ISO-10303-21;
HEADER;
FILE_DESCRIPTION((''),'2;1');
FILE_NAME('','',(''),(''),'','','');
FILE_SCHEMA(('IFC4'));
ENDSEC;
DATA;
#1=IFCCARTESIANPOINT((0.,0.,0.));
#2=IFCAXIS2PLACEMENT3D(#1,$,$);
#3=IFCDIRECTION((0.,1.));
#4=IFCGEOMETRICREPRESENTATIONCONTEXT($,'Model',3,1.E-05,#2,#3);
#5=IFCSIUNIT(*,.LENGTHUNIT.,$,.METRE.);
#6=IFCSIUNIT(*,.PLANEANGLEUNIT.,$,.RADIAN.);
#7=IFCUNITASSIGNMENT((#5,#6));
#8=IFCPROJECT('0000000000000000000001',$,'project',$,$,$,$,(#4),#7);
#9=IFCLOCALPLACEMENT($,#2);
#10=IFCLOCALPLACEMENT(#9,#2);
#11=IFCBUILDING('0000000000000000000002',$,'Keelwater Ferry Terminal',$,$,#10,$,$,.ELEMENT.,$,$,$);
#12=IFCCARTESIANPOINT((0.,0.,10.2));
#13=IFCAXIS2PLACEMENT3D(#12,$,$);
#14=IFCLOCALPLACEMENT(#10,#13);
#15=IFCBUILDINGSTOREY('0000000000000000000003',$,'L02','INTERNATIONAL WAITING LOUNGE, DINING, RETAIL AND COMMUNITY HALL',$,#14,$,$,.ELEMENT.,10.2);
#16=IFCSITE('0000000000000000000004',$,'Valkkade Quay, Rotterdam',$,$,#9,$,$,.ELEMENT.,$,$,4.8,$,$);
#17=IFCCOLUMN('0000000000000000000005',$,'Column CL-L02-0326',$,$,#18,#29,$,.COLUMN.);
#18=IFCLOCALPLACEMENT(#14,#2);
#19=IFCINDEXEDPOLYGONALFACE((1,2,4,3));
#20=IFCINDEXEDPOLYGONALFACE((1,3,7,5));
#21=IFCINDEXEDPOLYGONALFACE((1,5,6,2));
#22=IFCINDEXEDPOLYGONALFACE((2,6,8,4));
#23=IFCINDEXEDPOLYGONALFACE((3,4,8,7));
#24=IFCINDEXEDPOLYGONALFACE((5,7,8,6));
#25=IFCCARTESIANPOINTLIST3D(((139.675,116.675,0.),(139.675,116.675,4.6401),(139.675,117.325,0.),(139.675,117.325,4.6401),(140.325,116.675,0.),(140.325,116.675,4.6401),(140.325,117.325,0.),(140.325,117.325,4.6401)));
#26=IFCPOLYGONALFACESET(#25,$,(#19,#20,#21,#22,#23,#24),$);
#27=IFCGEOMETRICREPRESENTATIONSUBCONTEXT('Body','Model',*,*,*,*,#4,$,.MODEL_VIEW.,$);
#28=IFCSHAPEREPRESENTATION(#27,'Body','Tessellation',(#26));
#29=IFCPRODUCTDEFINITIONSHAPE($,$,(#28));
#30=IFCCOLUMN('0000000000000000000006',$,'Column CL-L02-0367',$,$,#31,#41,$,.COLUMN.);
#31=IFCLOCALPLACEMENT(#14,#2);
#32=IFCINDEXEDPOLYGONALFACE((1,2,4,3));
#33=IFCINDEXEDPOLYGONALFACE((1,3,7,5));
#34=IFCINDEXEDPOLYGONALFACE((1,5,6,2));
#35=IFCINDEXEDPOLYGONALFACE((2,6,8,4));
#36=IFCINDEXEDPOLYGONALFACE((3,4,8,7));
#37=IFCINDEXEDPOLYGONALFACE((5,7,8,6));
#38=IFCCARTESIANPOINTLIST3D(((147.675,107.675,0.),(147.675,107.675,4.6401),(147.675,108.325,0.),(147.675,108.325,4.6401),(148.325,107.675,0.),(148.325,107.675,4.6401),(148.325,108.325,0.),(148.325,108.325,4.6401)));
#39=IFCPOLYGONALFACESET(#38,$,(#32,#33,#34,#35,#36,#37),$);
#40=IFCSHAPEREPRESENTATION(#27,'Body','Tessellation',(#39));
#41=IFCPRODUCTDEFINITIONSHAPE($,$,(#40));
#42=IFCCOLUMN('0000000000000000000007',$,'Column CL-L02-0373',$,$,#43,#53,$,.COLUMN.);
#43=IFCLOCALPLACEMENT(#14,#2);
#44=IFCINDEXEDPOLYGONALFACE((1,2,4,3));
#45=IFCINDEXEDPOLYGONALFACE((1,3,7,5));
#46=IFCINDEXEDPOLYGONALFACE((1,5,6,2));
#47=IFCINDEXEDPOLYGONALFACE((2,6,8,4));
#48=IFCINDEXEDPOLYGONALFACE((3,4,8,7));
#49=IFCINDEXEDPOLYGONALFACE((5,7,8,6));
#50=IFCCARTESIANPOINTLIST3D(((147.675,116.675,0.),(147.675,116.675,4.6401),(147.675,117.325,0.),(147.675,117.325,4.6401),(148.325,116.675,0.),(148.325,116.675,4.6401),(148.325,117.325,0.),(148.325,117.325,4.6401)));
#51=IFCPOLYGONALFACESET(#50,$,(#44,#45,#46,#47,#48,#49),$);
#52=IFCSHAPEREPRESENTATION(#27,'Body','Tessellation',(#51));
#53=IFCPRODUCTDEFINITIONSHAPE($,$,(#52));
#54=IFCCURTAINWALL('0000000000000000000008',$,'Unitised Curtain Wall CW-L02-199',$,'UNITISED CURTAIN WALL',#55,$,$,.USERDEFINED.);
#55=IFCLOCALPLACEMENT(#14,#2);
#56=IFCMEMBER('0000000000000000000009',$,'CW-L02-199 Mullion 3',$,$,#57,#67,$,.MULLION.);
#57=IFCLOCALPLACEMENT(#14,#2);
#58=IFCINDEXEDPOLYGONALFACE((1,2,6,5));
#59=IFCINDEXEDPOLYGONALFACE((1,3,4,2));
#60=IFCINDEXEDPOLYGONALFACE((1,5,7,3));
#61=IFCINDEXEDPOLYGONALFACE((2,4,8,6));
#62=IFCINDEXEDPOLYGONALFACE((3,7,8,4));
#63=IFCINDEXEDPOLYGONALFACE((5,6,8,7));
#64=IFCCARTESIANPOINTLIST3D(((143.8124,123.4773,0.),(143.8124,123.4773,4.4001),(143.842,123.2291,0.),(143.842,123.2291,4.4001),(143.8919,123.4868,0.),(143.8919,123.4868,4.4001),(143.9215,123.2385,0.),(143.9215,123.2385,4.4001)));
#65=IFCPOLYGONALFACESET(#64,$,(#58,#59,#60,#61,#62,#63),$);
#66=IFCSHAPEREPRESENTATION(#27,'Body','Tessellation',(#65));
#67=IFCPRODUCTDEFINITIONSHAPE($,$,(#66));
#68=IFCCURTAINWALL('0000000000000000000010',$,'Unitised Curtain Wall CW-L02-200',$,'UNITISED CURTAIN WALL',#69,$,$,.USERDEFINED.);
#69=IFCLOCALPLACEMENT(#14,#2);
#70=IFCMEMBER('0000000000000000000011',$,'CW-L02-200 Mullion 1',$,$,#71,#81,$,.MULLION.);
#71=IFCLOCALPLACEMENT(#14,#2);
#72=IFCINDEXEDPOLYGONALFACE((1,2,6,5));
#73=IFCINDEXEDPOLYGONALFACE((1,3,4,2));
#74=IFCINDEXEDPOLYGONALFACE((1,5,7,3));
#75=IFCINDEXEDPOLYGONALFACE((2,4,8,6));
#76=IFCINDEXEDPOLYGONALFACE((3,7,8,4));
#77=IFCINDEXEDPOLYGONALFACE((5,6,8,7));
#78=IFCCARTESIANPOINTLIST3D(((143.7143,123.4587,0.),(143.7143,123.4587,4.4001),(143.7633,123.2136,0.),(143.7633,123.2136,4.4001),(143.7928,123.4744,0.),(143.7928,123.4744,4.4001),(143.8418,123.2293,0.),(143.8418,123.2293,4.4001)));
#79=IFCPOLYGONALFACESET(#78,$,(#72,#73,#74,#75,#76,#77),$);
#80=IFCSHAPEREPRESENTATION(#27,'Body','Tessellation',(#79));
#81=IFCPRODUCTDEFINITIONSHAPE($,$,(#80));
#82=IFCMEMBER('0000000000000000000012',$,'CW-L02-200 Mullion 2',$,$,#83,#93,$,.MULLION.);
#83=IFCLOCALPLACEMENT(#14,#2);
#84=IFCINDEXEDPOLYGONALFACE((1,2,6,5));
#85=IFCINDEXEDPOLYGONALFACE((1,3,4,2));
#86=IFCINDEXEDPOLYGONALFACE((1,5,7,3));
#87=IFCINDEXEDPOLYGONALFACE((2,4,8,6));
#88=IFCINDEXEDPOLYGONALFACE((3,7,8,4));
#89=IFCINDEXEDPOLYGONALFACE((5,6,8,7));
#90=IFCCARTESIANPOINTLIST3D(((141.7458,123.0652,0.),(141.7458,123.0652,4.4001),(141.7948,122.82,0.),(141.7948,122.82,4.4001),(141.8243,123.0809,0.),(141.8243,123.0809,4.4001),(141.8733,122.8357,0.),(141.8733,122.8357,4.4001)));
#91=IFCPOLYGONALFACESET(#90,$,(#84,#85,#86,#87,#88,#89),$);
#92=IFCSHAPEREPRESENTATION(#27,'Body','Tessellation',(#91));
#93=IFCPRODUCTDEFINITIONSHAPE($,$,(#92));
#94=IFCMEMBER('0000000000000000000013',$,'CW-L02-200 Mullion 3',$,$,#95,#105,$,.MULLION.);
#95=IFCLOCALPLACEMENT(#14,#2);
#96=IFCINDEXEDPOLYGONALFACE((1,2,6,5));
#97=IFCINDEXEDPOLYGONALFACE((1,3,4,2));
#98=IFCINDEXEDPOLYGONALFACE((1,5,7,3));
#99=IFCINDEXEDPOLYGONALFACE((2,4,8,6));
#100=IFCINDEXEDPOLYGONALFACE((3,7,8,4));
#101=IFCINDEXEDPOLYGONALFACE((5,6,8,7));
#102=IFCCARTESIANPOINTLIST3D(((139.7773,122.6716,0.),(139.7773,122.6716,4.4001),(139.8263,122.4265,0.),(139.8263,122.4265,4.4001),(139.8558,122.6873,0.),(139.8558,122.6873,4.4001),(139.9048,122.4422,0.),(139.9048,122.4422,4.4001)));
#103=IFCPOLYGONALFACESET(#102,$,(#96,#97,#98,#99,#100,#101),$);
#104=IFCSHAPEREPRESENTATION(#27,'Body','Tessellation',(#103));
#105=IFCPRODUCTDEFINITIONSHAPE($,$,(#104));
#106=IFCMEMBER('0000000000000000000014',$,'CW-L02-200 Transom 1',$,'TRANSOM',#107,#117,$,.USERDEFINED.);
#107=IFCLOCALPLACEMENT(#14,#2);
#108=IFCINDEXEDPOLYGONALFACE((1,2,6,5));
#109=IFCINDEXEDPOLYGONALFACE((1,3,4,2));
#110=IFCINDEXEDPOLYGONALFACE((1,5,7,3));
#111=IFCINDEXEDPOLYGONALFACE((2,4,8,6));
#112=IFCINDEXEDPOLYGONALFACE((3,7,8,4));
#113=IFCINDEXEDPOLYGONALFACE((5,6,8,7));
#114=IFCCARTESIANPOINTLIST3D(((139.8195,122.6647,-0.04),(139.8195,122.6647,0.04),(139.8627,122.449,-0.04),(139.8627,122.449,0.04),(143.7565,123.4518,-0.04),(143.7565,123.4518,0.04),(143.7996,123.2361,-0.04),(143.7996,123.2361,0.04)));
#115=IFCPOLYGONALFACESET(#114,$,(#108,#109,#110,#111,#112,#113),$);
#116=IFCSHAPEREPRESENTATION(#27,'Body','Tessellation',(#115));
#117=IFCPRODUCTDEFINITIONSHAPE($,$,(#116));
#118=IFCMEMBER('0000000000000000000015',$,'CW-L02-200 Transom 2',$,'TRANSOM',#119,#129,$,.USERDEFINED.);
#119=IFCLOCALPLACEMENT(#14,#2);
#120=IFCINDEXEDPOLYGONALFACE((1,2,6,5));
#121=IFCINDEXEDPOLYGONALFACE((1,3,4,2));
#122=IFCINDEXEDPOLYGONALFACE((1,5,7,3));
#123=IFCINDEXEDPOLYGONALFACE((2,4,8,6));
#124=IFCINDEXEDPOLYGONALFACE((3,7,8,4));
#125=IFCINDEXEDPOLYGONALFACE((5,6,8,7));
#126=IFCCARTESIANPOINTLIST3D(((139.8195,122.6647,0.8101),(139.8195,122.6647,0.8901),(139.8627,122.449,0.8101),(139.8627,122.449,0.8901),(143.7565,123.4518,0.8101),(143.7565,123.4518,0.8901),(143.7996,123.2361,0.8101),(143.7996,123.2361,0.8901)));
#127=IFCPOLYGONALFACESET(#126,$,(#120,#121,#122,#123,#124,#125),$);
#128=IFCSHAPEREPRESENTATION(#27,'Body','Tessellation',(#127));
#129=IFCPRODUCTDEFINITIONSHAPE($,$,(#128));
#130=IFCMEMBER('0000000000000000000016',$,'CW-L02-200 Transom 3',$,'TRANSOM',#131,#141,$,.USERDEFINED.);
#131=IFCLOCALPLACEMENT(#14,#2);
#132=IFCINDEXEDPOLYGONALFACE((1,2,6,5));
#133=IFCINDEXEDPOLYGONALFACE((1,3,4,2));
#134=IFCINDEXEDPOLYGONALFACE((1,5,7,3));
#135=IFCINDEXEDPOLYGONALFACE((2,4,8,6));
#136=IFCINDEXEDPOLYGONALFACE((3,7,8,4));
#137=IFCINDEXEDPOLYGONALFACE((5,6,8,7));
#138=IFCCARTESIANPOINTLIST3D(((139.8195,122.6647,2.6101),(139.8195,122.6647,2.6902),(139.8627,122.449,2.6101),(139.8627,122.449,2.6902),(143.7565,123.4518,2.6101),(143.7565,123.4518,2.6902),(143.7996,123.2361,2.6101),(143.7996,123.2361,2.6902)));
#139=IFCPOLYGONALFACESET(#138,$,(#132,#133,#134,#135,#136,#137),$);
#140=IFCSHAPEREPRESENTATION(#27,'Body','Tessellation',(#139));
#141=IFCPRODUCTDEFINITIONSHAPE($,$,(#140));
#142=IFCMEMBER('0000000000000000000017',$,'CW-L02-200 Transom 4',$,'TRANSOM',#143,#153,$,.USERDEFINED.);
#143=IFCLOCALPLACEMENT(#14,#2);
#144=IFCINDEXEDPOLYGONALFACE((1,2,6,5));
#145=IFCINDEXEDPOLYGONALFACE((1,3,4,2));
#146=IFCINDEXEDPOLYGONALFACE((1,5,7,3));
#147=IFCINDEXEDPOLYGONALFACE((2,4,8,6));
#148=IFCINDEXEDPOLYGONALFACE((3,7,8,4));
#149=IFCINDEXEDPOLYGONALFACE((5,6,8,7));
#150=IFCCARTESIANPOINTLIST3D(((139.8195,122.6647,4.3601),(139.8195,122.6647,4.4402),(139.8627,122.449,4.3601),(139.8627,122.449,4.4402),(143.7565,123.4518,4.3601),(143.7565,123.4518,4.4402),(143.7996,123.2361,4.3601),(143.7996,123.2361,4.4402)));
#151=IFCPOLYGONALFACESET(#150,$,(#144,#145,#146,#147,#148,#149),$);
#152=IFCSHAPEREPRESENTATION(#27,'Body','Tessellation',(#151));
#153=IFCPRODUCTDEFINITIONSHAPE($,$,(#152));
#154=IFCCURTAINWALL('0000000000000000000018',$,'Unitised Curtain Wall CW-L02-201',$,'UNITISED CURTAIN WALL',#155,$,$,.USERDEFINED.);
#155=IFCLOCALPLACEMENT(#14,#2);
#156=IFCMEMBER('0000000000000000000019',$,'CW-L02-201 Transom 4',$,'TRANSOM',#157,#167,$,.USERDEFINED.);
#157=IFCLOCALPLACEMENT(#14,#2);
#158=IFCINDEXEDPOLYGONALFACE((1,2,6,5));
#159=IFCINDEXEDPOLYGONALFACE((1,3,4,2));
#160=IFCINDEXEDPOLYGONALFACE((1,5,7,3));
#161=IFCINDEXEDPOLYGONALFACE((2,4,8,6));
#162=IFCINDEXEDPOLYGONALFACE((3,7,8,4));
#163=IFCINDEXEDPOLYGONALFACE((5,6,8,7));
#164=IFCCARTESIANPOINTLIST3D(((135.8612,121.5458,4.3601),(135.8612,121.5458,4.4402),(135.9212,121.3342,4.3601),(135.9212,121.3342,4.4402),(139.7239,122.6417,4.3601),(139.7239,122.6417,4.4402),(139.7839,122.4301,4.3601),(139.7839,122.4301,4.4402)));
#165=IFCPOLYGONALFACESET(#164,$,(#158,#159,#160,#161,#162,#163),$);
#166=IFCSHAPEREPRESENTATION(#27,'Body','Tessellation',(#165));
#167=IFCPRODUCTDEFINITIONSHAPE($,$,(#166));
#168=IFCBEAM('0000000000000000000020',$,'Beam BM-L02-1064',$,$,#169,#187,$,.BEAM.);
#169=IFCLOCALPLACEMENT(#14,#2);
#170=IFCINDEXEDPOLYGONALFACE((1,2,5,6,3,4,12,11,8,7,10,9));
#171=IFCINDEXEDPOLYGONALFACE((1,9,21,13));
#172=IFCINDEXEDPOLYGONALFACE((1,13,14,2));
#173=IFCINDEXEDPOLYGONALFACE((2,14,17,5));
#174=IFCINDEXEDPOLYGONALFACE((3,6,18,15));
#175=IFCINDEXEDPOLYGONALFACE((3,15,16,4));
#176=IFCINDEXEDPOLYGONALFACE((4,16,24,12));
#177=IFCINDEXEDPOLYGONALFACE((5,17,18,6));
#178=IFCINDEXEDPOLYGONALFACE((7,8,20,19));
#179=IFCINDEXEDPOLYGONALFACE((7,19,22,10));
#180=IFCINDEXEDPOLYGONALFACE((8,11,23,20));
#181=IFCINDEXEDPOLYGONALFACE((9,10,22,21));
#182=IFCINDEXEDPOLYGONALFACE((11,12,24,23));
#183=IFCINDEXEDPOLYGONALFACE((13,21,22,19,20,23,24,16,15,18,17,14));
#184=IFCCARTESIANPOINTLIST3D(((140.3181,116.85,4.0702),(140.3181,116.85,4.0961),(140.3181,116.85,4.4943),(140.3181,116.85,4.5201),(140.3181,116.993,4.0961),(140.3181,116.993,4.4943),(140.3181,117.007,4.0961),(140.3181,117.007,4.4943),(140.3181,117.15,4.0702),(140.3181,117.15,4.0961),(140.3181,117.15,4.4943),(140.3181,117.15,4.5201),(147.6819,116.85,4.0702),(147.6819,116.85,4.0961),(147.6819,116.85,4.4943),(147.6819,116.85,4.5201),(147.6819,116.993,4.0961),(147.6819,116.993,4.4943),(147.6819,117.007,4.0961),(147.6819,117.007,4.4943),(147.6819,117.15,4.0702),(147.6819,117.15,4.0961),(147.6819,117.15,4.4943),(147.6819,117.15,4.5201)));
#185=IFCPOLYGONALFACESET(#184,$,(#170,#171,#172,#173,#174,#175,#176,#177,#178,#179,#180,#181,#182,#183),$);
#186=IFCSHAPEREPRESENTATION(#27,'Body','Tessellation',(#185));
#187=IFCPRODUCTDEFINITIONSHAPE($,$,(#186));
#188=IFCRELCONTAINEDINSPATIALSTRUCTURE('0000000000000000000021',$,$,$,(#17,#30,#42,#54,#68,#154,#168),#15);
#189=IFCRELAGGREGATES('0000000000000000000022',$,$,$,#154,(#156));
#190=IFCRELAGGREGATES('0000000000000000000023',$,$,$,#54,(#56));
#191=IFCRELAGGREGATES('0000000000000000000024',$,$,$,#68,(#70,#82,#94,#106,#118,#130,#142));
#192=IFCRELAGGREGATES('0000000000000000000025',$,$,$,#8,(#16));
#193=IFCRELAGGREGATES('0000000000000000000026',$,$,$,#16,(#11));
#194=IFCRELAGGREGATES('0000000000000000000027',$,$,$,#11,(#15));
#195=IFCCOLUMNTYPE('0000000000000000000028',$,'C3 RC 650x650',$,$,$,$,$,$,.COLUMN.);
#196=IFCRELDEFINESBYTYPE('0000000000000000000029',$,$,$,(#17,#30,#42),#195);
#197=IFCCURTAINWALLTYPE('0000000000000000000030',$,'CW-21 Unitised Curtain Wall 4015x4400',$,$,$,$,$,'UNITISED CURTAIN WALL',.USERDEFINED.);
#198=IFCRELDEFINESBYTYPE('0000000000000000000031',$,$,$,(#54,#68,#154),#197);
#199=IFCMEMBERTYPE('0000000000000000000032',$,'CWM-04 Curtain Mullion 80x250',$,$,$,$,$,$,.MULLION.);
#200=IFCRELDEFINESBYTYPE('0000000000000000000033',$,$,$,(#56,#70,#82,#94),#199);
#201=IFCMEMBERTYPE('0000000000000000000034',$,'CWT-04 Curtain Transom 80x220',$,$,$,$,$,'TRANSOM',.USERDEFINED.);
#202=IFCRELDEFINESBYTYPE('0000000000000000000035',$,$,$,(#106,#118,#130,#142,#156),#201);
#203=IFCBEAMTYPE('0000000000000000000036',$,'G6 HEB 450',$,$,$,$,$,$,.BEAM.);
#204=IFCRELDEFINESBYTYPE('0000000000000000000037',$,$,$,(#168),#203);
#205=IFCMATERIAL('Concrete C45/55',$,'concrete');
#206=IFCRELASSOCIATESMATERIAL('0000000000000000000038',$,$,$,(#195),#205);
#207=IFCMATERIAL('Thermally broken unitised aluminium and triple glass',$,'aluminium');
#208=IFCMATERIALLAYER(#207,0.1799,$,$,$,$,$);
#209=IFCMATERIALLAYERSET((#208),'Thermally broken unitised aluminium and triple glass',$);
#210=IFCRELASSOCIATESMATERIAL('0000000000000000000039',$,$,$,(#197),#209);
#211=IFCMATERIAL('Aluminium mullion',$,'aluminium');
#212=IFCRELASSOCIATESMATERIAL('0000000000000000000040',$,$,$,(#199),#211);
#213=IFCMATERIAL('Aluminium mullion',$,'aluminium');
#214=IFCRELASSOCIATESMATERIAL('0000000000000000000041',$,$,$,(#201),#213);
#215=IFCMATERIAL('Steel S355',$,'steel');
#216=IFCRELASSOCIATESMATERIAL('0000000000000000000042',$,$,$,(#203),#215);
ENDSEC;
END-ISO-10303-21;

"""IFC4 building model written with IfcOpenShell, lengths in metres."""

from ifc_helpers import new_model, si_unit, direction, frame, origin, origin_2d, place, context, subcontext, project, spatial, rectangle, i_section, extrude, material, layer, layer_set, material_profile, profile_set, type_object, element, aggregate, save


model = new_model("IFC4")

# Units and contexts
model_context = context("Model", 3, precision=1e-05, world=origin(), true_north=direction((0.0, 1.0)))
body_context = subcontext(model_context, "Body", "Model", "MODEL_VIEW")
ifc_project = project(units=[si_unit("LENGTHUNIT", "METRE"), si_unit("PLANEANGLEUNIT", "RADIAN")], contexts=[model_context])

# Site, building, storey
site_placement = place(None, origin())
site = spatial("IfcSite", under=ifc_project, at=site_placement, Name="Valkkade Quay, Rotterdam", CompositionType="ELEMENT", RefElevation=4.8)
building_placement = place(site_placement, origin())
building = spatial("IfcBuilding", under=site, at=building_placement, Name="Keelwater Ferry Terminal", CompositionType="ELEMENT")
storey_placement = place(building_placement, frame((0.0, 0.0, 10.2)))
storey = spatial("IfcBuildingStorey", under=building, at=storey_placement, Name="L02", Description="INTERNATIONAL WAITING LOUNGE, DINING, RETAIL AND COMMUNITY HALL", CompositionType="ELEMENT", Elevation=10.2)

# Columns
ifc_material_1 = material(Name="Concrete C45/55", Category="concrete")
ifc_material_profile_1 = material_profile(ifc_material_1, rectangle(XDim=0.6499, YDim=0.6499, at=origin_2d()), Name="RC 650x650")
ifc_profile_set_1 = profile_set([ifc_material_profile_1], Name="Concrete C45/55")
column_type = type_object("IfcColumnType", Name="C3 RC 650x650", PredefinedType="COLUMN", material=ifc_profile_set_1)
for number, where, z_axis, x_axis, name in (
    (1, (140.0, 117.0, 0.0), (0.0, 0.0, 1.0), (1.0, 0.0, 0.0), "Column CL-L02-0326"),
    (2, (148.0, 108.0, 0.0), (0.0, 0.0, 1.0), (1.0, 0.0, 0.0), "Column CL-L02-0367"),
    (3, (148.0, 117.0, 0.0), (0.0, 0.0, 1.0), (1.0, 0.0, 0.0), "Column CL-L02-0373"),
):
    element("IfcColumn", number, at=place(storey_placement, frame(where, z_axis=z_axis, x_axis=x_axis)), inside=storey, type_object=column_type, Name=name, PredefinedType="COLUMN", context=body_context, shape_type="SweptSolid", body=[
        extrude(rectangle(XDim=0.6499, YDim=0.6499, at=origin_2d()), origin(), (0.0, 0.0, 1.0), 4.6401),
    ])

# Curtain wall, member
ifc_material_2 = material(Name="Thermally broken unitised aluminium and triple glass", Category="aluminium")
ifc_layer_1 = layer(ifc_material_2, 0.1799)
ifc_layer_set_1 = layer_set([ifc_layer_1], Name="Thermally broken unitised aluminium and triple glass")
curtain_wall_type = type_object("IfcCurtainWallType", Name="CW-21 Unitised Curtain Wall 4015x4400", ElementType="UNITISED CURTAIN WALL", PredefinedType="USERDEFINED", material=ifc_layer_set_1)
curtain_wall_1_placement = place(storey_placement, origin())
curtain_wall_1 = element("IfcCurtainWall", 4, at=curtain_wall_1_placement, inside=storey, type_object=curtain_wall_type, Name="Unitised Curtain Wall CW-L02-199", ObjectType="UNITISED CURTAIN WALL", PredefinedType="USERDEFINED")
ifc_material_3 = material(Name="Aluminium mullion", Category="aluminium")
ifc_material_profile_2 = material_profile(ifc_material_3, rectangle(XDim=0.0801, YDim=0.25, at=origin_2d()), Name="CWM-04")
ifc_profile_set_2 = profile_set([ifc_material_profile_2], Name="Aluminium mullion")
member_type_1 = type_object("IfcMemberType", Name="CWM-04 Curtain Mullion 80x250", PredefinedType="MULLION", material=ifc_profile_set_2)
member_1_placement = place(storey_placement, frame((143.8669, 123.3579, 0.0), z_axis=(0.0, 0.0, 1.0), x_axis=(-0.992974, -0.11833, 0.0)))
member_1 = element("IfcMember", 5, at=member_1_placement, type_object=member_type_1, Name="CW-L02-199 Mullion 3", PredefinedType="MULLION", context=body_context, shape_type="SweptSolid", body=[
    extrude(rectangle(XDim=0.0801, YDim=0.25, at=origin_2d()), origin(), (0.0, 0.0, 1.0), 4.4001),
])

# Curtain wall, members
curtain_wall_2_placement = place(storey_placement, origin())
curtain_wall_2 = element("IfcCurtainWall", 6, at=curtain_wall_2_placement, inside=storey, type_object=curtain_wall_type, Name="Unitised Curtain Wall CW-L02-200", ObjectType="UNITISED CURTAIN WALL", PredefinedType="USERDEFINED")
member_2_placement = place(storey_placement, frame((143.7781, 123.344, 0.0), z_axis=(0.0, 0.0, 1.0), x_axis=(-0.9806, -0.19602, 0.0)))
member_2 = element("IfcMember", 7, at=member_2_placement, type_object=member_type_1, Name="CW-L02-200 Mullion 1", PredefinedType="MULLION", context=body_context, shape_type="SweptSolid", body=[
    extrude(rectangle(XDim=0.0801, YDim=0.25, at=origin_2d()), origin(), (0.0, 0.0, 1.0), 4.4001),
])
member_3_placement = place(storey_placement, frame((141.8096, 122.9504, 0.0), z_axis=(0.0, 0.0, 1.0), x_axis=(-0.9806, -0.19602, 0.0)))
member_3 = element("IfcMember", 8, at=member_3_placement, type_object=member_type_1, Name="CW-L02-200 Mullion 2", PredefinedType="MULLION", context=body_context, shape_type="SweptSolid", body=[
    extrude(rectangle(XDim=0.0801, YDim=0.25, at=origin_2d()), origin(), (0.0, 0.0, 1.0), 4.4001),
])
member_4_placement = place(storey_placement, frame((139.8411, 122.5569, 0.0), z_axis=(0.0, 0.0, 1.0), x_axis=(-0.9806, -0.19602, 0.0)))
member_4 = element("IfcMember", 9, at=member_4_placement, type_object=member_type_1, Name="CW-L02-200 Mullion 3", PredefinedType="MULLION", context=body_context, shape_type="SweptSolid", body=[
    extrude(rectangle(XDim=0.0801, YDim=0.25, at=origin_2d()), origin(), (0.0, 0.0, 1.0), 4.4001),
])
ifc_material_4 = material(Name="Aluminium mullion", Category="aluminium")
ifc_material_profile_3 = material_profile(ifc_material_4, rectangle(XDim=0.22, YDim=0.0801, at=origin_2d()), Name="CWT-04")
ifc_profile_set_3 = profile_set([ifc_material_profile_3], Name="Aluminium mullion")
member_type_2 = type_object("IfcMemberType", Name="CWT-04 Curtain Transom 80x220", ElementType="TRANSOM", PredefinedType="USERDEFINED", material=ifc_profile_set_3)
member_5_placement = place(storey_placement, frame((143.7781, 123.344, 0.0), z_axis=(-0.980595, -0.196046, 0.0), x_axis=(0.196046, -0.980595, 0.0)))
member_5 = element("IfcMember", 10, at=member_5_placement, type_object=member_type_2, Name="CW-L02-200 Transom 1", ObjectType="TRANSOM", PredefinedType="USERDEFINED", context=body_context, shape_type="SweptSolid", body=[
    extrude(rectangle(XDim=0.22, YDim=0.0801, at=origin_2d()), origin(), (0.0, 0.0, 1.0), 4.0149),
])
member_6_placement = place(storey_placement, frame((143.7781, 123.344, 0.8501), z_axis=(-0.980595, -0.196046, 0.0), x_axis=(0.196046, -0.980595, 0.0)))
member_6 = element("IfcMember", 11, at=member_6_placement, type_object=member_type_2, Name="CW-L02-200 Transom 2", ObjectType="TRANSOM", PredefinedType="USERDEFINED", context=body_context, shape_type="SweptSolid", body=[
    extrude(rectangle(XDim=0.22, YDim=0.0801, at=origin_2d()), origin(), (0.0, 0.0, 1.0), 4.0149),
])
member_7_placement = place(storey_placement, frame((143.7781, 123.344, 2.6501), z_axis=(-0.980595, -0.196046, 0.0), x_axis=(0.196046, -0.980595, 0.0)))
member_7 = element("IfcMember", 12, at=member_7_placement, type_object=member_type_2, Name="CW-L02-200 Transom 3", ObjectType="TRANSOM", PredefinedType="USERDEFINED", context=body_context, shape_type="SweptSolid", body=[
    extrude(rectangle(XDim=0.22, YDim=0.0801, at=origin_2d()), origin(), (0.0, 0.0, 1.0), 4.0149),
])
member_8_placement = place(storey_placement, frame((143.7781, 123.344, 4.4001), z_axis=(-0.980595, -0.196046, 0.0), x_axis=(0.196046, -0.980595, 0.0)))
member_8 = element("IfcMember", 13, at=member_8_placement, type_object=member_type_2, Name="CW-L02-200 Transom 4", ObjectType="TRANSOM", PredefinedType="USERDEFINED", context=body_context, shape_type="SweptSolid", body=[
    extrude(rectangle(XDim=0.22, YDim=0.0801, at=origin_2d()), origin(), (0.0, 0.0, 1.0), 4.0149),
])

# Curtain wall, member
curtain_wall_3_placement = place(storey_placement, origin())
curtain_wall_3 = element("IfcCurtainWall", 14, at=curtain_wall_3_placement, inside=storey, type_object=curtain_wall_type, Name="Unitised Curtain Wall CW-L02-201", ObjectType="UNITISED CURTAIN WALL", PredefinedType="USERDEFINED")
member_9_placement = place(storey_placement, frame((139.7539, 122.5359, 4.4001), z_axis=(-0.962029, -0.272946, 0.0), x_axis=(0.272946, -0.962029, 0.0)))
member_9 = element("IfcMember", 15, at=member_9_placement, type_object=member_type_2, Name="CW-L02-201 Transom 4", ObjectType="TRANSOM", PredefinedType="USERDEFINED", context=body_context, shape_type="SweptSolid", body=[
    extrude(rectangle(XDim=0.22, YDim=0.0801, at=origin_2d()), origin(), (0.0, 0.0, 1.0), 4.0151),
])
aggregate(curtain_wall_3, [member_9])

# Beam
ifc_material_5 = material(Name="Steel S355", Category="steel")
ifc_material_profile_4 = material_profile(ifc_material_5, i_section(OverallWidth=0.3, OverallDepth=0.45, WebThickness=0.0139, FlangeThickness=0.0259, at=origin_2d()), Name="HEB 450")
ifc_profile_set_4 = profile_set([ifc_material_profile_4], Name="Steel S355")
beam_type_1 = type_object("IfcBeamType", Name="G6 HEB 450", PredefinedType="BEAM", material=ifc_profile_set_4)
for number, where, z_axis, x_axis, name in (
    (16, (140.3181, 117.0, 4.2952), (1.0, 0.0, 0.0), (0.0, 1.0, 0.0), "Beam BM-L02-1064"),
):
    element("IfcBeam", number, at=place(storey_placement, frame(where, z_axis=z_axis, x_axis=x_axis)), inside=storey, type_object=beam_type_1, Name=name, PredefinedType="BEAM", context=body_context, shape_type="SweptSolid", body=[
        extrude(i_section(OverallWidth=0.3, OverallDepth=0.45, WebThickness=0.0139, FlangeThickness=0.0259, at=origin_2d()), origin(), (0.0, 0.0, 1.0), 7.3638),
    ])

aggregate(curtain_wall_1, [member_1])
aggregate(curtain_wall_2, [member_2, member_3, member_4, member_5, member_6, member_7, member_8])

save(model, "model.ifc")
